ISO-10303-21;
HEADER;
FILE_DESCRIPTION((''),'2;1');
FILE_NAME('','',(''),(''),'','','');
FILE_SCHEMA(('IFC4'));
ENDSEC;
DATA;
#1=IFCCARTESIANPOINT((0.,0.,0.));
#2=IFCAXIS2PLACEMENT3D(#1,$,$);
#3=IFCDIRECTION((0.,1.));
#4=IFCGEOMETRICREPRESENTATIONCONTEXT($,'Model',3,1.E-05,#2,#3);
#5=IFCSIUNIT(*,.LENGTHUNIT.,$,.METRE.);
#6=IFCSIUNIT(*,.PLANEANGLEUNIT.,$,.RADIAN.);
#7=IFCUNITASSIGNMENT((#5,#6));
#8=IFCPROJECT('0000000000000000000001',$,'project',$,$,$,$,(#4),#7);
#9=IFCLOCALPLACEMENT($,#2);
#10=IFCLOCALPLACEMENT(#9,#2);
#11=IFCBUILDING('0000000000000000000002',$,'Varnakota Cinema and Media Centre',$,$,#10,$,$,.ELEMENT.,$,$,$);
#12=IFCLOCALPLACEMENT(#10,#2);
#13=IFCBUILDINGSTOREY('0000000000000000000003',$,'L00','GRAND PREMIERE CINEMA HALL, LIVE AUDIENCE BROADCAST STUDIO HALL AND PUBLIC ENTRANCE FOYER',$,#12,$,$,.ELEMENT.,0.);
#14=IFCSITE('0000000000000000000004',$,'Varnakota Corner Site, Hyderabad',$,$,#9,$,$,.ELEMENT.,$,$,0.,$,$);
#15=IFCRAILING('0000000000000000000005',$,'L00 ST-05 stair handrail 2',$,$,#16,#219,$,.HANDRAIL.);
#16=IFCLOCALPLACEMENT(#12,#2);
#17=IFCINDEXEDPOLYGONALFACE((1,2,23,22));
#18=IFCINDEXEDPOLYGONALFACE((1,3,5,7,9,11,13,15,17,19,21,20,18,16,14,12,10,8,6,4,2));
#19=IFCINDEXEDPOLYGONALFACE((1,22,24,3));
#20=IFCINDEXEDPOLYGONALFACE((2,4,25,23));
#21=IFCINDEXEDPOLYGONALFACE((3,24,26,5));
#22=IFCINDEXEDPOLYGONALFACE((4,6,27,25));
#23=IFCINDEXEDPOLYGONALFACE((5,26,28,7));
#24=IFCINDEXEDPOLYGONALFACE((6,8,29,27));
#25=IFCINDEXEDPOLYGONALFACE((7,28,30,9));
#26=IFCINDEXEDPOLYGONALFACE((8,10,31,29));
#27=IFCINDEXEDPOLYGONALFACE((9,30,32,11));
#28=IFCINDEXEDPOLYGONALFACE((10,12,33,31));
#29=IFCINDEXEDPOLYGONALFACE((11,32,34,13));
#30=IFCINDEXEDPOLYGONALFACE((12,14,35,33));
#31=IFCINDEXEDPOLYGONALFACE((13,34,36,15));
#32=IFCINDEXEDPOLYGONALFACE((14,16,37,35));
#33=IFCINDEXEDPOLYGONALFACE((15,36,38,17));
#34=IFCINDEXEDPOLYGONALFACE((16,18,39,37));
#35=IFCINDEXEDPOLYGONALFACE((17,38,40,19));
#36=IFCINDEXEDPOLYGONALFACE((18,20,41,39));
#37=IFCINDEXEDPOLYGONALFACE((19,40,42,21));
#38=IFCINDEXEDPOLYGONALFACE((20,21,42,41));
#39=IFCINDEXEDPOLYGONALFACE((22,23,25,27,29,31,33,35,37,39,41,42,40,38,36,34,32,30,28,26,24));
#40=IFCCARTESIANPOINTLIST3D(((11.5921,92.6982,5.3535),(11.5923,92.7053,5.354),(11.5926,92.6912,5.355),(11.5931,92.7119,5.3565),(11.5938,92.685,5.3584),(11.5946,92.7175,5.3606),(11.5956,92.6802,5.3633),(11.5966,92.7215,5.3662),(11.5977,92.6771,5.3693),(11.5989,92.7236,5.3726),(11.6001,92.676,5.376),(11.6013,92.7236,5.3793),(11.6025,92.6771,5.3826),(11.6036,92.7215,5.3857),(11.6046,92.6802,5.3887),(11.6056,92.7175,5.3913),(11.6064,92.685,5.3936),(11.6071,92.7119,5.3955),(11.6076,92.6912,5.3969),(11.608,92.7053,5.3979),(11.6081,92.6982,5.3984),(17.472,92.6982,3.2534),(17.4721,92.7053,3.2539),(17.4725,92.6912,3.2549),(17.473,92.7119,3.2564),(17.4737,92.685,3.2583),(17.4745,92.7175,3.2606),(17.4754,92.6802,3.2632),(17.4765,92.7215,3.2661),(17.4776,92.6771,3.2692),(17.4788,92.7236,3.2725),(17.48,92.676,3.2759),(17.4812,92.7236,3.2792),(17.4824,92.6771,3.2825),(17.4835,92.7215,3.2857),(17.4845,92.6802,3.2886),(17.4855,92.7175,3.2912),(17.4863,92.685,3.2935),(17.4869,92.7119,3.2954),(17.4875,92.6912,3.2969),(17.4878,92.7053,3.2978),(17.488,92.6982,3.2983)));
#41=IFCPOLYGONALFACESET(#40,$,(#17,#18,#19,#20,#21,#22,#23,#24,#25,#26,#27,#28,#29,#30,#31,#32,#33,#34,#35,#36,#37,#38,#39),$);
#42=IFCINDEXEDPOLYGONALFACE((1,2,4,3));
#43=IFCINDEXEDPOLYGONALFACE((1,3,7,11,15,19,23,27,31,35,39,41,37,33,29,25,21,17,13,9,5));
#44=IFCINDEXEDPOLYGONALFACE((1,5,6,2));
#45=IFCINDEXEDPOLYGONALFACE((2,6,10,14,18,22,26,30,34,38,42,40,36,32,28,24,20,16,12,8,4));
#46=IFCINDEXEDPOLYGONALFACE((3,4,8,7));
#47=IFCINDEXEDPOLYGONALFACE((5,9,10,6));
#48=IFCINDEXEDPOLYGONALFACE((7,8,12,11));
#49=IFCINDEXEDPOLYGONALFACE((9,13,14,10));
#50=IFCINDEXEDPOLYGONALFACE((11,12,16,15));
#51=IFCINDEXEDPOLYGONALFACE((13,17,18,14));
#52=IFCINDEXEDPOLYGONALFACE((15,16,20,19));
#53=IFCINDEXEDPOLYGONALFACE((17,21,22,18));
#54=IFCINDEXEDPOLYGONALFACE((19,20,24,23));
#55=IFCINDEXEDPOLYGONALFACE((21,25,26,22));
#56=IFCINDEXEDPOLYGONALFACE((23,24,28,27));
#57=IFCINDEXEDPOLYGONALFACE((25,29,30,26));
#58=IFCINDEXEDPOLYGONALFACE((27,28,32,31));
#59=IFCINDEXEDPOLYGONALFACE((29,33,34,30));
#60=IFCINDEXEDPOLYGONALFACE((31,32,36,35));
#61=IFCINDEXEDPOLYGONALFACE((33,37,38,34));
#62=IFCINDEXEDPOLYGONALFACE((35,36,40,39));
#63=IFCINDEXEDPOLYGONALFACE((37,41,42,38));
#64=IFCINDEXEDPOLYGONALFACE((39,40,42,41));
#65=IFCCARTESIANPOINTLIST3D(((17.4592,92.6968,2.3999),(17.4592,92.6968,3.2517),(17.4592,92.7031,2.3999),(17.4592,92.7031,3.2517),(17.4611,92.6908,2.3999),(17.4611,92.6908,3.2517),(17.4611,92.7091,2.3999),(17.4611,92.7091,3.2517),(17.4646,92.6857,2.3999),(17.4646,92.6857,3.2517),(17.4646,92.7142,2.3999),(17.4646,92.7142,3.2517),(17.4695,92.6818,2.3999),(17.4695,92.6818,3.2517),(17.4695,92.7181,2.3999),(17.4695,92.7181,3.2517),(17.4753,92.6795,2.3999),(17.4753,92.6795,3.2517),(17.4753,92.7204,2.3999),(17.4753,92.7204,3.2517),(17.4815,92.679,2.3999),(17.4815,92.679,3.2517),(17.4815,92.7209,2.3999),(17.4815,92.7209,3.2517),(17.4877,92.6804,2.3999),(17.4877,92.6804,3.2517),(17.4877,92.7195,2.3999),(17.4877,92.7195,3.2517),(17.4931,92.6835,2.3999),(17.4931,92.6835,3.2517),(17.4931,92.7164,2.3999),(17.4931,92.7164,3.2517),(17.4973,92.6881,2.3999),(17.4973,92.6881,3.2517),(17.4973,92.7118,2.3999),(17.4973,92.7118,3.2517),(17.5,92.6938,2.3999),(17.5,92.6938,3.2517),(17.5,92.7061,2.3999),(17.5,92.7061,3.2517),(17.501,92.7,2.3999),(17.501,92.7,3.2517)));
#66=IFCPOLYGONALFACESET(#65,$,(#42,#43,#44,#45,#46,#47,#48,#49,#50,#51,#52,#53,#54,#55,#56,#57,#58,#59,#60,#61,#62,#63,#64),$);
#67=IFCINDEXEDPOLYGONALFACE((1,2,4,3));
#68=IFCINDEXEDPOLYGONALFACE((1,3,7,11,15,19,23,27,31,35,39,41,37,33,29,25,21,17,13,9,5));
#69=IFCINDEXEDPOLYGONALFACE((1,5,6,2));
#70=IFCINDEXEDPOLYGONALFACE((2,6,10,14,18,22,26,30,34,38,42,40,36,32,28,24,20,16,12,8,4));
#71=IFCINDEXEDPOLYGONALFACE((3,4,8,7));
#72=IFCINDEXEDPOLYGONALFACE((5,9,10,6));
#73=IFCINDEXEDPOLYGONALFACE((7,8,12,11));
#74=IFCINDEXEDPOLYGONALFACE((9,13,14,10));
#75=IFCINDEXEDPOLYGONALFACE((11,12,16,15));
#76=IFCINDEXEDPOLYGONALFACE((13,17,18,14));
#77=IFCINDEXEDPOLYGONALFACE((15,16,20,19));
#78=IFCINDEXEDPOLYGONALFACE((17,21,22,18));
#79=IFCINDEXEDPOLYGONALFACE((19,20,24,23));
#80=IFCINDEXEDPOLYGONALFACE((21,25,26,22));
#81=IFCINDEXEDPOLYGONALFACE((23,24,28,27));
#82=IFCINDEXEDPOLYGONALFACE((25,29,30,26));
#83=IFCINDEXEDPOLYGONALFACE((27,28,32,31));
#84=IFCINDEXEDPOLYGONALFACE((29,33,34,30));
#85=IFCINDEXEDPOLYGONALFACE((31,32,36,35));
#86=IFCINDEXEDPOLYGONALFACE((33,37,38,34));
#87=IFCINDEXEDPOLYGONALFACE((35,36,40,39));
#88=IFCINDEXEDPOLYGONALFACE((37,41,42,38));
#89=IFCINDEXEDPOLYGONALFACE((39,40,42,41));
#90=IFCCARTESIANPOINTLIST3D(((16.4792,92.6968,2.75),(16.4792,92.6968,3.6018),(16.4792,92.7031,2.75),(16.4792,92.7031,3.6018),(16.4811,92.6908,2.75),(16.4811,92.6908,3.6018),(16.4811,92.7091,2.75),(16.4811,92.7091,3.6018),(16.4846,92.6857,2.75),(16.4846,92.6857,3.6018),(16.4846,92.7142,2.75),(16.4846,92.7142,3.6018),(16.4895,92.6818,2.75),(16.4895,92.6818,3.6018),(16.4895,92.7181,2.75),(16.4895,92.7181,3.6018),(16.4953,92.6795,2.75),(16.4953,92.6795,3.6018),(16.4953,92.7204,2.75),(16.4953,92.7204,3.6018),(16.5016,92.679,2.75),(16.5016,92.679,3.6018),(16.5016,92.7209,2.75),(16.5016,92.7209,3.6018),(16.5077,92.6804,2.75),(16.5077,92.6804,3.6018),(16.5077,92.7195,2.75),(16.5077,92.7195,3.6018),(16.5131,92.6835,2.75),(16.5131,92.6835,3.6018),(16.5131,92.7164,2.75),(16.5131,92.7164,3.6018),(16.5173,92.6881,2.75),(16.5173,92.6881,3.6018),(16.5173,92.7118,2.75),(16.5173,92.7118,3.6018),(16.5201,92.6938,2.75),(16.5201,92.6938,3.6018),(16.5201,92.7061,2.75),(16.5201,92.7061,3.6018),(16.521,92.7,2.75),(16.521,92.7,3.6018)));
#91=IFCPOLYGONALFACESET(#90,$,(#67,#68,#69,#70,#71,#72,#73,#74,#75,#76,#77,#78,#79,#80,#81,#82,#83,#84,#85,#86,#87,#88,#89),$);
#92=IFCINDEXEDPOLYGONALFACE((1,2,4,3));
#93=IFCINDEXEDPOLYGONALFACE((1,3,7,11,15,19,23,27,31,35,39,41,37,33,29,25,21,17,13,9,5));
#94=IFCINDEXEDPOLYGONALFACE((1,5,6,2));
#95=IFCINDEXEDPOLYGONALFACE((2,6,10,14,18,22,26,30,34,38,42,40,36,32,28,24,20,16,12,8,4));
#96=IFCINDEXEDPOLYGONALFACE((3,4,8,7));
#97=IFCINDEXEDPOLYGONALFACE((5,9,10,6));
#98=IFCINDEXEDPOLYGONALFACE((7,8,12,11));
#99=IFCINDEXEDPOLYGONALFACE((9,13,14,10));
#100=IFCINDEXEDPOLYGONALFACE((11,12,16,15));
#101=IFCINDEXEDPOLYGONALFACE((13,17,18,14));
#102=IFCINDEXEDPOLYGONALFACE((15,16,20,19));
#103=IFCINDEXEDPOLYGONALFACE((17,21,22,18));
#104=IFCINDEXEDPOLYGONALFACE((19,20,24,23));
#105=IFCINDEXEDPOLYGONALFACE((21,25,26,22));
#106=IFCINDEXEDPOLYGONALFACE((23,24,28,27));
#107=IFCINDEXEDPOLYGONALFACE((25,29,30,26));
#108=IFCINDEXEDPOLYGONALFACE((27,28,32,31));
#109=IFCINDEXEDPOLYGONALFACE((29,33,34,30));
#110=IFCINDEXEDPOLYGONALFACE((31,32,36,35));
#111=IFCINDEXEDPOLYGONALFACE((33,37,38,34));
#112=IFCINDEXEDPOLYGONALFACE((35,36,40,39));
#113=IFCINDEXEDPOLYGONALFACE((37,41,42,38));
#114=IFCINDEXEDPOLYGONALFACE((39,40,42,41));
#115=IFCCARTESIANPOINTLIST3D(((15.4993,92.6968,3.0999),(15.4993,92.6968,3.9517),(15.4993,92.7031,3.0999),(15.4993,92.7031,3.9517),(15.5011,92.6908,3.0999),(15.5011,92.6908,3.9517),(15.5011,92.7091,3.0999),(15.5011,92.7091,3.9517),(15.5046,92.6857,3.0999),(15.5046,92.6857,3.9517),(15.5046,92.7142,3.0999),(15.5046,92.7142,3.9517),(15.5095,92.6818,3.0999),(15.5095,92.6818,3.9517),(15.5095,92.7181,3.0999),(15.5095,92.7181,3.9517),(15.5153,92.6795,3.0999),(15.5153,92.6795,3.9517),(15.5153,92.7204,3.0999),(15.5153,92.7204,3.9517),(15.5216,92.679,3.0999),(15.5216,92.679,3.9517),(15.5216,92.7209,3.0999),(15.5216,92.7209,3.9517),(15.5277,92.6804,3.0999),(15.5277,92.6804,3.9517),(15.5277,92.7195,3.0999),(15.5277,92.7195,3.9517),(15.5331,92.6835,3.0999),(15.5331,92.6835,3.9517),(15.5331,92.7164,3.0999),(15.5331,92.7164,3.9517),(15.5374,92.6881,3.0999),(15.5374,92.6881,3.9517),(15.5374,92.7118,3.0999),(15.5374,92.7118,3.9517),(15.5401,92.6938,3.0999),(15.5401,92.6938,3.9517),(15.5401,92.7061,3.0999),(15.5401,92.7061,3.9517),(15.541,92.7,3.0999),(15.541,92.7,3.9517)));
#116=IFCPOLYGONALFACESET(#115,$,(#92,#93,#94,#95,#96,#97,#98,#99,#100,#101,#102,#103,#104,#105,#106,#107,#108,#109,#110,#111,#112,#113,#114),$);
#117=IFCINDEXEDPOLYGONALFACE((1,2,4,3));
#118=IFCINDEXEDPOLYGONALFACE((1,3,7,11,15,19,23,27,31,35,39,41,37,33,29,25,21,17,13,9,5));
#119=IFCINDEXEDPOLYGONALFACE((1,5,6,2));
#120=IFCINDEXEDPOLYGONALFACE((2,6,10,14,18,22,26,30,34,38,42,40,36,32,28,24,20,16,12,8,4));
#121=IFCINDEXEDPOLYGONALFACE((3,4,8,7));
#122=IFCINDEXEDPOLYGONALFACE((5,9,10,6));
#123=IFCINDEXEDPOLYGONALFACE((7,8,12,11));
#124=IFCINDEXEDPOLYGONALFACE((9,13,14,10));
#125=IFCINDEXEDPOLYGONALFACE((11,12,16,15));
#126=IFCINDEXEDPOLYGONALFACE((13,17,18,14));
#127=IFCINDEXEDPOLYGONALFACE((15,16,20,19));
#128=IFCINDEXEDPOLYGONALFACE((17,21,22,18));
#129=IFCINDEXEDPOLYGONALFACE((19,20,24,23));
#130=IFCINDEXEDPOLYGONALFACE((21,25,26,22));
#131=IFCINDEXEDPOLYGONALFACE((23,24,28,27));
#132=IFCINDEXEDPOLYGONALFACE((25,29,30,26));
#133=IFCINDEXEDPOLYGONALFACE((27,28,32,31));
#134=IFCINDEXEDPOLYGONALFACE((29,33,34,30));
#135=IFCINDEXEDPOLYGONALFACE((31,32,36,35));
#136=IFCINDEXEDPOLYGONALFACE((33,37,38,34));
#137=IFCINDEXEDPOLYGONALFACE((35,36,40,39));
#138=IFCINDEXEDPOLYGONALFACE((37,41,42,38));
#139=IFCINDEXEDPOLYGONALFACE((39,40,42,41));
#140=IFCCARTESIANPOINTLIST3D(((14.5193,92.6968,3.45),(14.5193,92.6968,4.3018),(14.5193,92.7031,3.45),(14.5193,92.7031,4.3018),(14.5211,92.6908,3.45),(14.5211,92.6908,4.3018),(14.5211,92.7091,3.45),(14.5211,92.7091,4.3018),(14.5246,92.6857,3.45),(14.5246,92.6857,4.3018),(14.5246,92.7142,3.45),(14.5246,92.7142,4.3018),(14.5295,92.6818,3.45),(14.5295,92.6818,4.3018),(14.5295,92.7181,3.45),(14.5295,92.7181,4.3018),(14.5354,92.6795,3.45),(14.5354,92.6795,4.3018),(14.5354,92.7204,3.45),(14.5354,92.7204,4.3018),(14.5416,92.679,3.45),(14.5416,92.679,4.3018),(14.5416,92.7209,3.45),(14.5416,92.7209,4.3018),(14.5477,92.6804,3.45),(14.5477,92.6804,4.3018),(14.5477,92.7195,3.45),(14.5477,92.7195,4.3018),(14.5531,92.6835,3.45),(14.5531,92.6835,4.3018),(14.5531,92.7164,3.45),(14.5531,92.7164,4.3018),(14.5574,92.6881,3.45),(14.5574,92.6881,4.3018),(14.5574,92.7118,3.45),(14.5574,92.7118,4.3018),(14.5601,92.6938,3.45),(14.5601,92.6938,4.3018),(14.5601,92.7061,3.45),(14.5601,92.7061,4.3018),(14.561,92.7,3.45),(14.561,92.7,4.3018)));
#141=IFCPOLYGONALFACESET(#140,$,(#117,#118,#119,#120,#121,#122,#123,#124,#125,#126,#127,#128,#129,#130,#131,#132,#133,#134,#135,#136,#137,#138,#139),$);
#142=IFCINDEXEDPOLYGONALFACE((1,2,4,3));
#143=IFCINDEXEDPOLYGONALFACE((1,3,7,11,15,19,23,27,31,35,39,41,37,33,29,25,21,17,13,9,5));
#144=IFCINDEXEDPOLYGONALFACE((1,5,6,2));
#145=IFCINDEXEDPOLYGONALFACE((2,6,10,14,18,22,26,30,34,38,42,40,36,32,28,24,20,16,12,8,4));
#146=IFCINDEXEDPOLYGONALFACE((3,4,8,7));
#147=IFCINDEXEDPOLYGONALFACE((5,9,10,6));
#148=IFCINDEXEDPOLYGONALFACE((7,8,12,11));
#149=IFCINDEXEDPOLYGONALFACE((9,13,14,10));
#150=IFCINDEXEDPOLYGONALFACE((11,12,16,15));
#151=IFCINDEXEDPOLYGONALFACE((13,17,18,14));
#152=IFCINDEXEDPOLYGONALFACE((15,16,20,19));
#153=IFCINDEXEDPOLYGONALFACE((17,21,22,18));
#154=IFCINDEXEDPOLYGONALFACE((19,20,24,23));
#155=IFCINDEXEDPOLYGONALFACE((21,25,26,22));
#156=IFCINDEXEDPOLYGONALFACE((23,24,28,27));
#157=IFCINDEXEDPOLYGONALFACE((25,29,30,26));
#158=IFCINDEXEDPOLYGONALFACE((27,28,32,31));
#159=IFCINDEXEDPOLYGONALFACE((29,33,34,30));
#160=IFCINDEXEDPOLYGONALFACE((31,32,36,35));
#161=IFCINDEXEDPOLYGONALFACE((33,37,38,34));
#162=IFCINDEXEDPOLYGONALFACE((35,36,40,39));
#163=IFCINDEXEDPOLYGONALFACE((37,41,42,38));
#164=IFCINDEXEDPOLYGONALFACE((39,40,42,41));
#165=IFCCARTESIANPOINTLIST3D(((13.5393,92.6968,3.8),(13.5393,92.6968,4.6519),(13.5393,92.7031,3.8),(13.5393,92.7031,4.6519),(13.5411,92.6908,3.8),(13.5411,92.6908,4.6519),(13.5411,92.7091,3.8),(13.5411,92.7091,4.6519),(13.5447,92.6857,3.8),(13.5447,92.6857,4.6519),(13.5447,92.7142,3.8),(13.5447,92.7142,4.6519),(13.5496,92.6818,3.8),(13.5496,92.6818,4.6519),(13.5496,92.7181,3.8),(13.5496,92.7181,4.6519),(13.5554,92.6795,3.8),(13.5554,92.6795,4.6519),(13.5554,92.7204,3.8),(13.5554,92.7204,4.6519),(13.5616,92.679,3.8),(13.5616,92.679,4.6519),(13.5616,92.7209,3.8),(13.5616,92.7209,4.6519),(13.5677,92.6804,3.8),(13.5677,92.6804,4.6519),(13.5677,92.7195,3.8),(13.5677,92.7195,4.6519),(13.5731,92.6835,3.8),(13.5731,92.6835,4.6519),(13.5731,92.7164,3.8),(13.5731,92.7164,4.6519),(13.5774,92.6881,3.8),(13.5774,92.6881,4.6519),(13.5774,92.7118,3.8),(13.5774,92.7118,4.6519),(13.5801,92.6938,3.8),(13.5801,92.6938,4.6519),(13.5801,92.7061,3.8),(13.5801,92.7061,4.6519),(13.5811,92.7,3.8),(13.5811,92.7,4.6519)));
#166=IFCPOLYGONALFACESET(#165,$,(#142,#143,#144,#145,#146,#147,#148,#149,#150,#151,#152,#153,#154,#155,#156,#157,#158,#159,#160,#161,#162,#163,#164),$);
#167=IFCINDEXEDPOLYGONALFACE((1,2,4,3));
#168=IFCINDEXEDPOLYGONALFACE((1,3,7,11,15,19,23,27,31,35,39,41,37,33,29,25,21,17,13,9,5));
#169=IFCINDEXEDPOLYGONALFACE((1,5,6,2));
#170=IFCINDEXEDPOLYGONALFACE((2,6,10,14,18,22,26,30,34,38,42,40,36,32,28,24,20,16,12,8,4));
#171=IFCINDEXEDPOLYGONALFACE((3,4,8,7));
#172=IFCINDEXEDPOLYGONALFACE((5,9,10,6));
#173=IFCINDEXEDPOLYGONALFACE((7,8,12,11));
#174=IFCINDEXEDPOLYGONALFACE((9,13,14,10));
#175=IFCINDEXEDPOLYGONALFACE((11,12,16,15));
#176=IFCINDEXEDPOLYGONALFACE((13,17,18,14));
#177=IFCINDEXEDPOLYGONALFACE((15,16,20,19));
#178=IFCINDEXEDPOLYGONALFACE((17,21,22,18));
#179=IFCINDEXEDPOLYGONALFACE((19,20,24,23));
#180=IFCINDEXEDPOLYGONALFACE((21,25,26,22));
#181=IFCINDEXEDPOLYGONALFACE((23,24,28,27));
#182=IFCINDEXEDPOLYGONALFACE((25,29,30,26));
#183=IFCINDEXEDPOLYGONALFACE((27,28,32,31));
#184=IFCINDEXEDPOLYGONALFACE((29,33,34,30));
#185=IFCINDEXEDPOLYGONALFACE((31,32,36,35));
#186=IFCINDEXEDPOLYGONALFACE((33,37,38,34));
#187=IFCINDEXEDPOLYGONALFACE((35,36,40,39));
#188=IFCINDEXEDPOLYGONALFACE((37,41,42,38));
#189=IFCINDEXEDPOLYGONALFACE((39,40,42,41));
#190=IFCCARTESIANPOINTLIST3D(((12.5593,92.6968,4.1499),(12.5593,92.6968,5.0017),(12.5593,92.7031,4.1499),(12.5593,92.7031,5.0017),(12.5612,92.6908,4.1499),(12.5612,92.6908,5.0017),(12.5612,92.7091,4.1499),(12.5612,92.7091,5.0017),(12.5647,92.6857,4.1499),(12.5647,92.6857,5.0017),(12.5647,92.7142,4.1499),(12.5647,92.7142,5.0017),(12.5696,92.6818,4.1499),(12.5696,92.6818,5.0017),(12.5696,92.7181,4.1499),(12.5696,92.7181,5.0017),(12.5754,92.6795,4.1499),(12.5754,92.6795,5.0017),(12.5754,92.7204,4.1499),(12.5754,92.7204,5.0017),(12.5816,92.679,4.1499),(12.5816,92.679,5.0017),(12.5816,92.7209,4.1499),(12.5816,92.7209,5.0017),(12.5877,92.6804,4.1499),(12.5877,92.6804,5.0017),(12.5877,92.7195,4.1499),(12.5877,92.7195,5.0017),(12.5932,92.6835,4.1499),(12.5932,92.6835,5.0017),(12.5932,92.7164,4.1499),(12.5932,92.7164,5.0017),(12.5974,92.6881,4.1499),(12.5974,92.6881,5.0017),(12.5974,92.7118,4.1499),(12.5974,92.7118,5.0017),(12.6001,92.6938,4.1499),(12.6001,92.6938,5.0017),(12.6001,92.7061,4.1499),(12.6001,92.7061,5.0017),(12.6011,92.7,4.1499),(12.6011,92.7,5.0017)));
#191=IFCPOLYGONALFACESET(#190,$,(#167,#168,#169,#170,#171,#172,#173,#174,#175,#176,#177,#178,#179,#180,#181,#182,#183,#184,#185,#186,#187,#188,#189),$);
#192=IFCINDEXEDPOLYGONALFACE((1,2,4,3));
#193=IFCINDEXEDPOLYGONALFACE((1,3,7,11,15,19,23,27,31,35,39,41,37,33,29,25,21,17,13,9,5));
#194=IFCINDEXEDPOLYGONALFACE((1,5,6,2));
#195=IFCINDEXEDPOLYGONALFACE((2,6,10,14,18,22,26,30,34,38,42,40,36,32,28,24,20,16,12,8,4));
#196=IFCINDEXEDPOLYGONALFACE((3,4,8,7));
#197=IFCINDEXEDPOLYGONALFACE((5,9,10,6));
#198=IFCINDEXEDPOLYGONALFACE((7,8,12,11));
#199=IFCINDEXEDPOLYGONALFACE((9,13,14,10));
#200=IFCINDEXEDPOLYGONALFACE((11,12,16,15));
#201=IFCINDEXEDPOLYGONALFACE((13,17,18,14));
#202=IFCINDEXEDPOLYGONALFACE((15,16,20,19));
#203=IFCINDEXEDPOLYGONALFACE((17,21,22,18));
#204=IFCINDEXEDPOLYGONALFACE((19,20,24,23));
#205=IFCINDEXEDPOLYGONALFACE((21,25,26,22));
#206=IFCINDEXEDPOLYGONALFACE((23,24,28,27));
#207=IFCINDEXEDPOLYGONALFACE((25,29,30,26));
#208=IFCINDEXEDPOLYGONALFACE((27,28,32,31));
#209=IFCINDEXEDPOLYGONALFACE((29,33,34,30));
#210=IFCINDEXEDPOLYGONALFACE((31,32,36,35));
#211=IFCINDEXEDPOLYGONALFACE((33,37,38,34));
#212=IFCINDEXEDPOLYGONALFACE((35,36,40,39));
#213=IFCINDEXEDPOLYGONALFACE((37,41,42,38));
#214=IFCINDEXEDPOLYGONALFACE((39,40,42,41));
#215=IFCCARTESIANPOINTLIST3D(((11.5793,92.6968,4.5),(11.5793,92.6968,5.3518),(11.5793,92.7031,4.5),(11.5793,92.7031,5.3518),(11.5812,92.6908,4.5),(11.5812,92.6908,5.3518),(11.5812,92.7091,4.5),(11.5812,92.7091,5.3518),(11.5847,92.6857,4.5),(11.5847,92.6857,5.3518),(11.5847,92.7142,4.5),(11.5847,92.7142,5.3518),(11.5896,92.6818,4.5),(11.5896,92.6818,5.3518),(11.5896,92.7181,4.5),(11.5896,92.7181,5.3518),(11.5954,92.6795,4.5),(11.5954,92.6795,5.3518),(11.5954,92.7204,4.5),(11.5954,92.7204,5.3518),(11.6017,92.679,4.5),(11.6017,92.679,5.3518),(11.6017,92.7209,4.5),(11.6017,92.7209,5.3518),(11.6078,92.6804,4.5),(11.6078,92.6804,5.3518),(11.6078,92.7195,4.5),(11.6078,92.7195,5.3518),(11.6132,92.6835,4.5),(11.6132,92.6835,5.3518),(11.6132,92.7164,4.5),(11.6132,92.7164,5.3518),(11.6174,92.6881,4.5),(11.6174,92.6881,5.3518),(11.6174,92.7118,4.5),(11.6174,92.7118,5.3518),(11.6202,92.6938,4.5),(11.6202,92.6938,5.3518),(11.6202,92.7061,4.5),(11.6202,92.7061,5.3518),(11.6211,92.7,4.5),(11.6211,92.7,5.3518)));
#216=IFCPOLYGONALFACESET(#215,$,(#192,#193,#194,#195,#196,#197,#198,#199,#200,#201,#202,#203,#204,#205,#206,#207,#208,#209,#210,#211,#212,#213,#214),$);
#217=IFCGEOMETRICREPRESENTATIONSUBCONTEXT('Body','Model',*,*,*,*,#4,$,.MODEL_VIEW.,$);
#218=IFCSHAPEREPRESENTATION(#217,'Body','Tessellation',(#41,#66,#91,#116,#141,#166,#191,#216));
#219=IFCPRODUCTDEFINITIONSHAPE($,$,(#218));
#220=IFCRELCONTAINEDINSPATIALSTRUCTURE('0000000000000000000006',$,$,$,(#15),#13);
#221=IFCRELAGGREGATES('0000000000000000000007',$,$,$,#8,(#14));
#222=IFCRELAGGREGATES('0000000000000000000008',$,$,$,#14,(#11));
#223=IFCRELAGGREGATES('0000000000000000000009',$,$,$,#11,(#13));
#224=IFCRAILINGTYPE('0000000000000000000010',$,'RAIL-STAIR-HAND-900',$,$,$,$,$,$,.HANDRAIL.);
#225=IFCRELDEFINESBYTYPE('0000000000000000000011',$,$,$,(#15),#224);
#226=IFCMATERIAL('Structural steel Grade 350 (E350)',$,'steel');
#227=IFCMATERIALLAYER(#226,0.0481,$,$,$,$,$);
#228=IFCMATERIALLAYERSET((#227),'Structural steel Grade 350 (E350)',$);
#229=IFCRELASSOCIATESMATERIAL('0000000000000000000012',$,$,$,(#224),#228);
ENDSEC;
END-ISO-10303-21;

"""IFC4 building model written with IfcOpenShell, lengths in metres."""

from ifc_helpers import new_model, si_unit, direction, frame, origin, origin_2d, place, context, subcontext, project, spatial, circle, extrude, material, layer, layer_set, type_object, element, save


model = new_model("IFC4")

# Units and contexts
model_context = context("Model", 3, precision=1e-05, world=origin(), true_north=direction((0.0, 1.0)))
body_context = subcontext(model_context, "Body", "Model", "MODEL_VIEW")
ifc_project = project(units=[si_unit("LENGTHUNIT", "METRE"), si_unit("PLANEANGLEUNIT", "RADIAN")], contexts=[model_context])

# Site, building, storey
site_placement = place(None, origin())
site = spatial("IfcSite", under=ifc_project, at=site_placement, Name="Varnakota Corner Site, Hyderabad", CompositionType="ELEMENT", RefElevation=0.0)
building_placement = place(site_placement, origin())
building = spatial("IfcBuilding", under=site, at=building_placement, Name="Varnakota Cinema and Media Centre", CompositionType="ELEMENT")
storey_placement = place(building_placement, origin())
storey = spatial("IfcBuildingStorey", under=building, at=storey_placement, Name="L00", Description="GRAND PREMIERE CINEMA HALL, LIVE AUDIENCE BROADCAST STUDIO HALL AND PUBLIC ENTRANCE FOYER", CompositionType="ELEMENT", Elevation=0.0)

# Railing
ifc_material_1 = material(Name="Structural steel Grade 350 (E350)", Category="steel")
ifc_layer_1 = layer(ifc_material_1, 0.0481)
ifc_layer_set_1 = layer_set([ifc_layer_1], Name="Structural steel Grade 350 (E350)")
railing_type_1 = type_object("IfcRailingType", Name="RAIL-STAIR-HAND-900", PredefinedType="HANDRAIL", material=ifc_layer_set_1)
railing_1_placement = place(storey_placement, frame((17.48, 92.7, 2.3999)))
element("IfcRailing", 1, at=railing_1_placement, inside=storey, type_object=railing_type_1, Name="L00 ST-05 stair handrail 2", PredefinedType="HANDRAIL", context=body_context, shape_type="SweptSolid", body=[
    extrude(circle(Radius=0.0239, at=origin_2d()), frame((0.0, 0.0, 0.876), z_axis=(-0.941735, 0.0, 0.336356), x_axis=(0.0, -1.0, 0.0)), (0.0, 0.0, 1.0), 6.2437),
    extrude(circle(Radius=0.021, at=origin_2d()), origin(), (0.0, 0.0, 1.0), 0.8518),
    extrude(circle(Radius=0.021, at=origin_2d()), frame((-0.98, 0.0, 0.3501)), (0.0, 0.0, 1.0), 0.8518),
    extrude(circle(Radius=0.021, at=origin_2d()), frame((-1.96, 0.0, 0.7)), (0.0, 0.0, 1.0), 0.8518),
    extrude(circle(Radius=0.021, at=origin_2d()), frame((-2.9399, 0.0, 1.05)), (0.0, 0.0, 1.0), 0.8518),
    extrude(circle(Radius=0.021, at=origin_2d()), frame((-3.9199, 0.0, 1.4001)), (0.0, 0.0, 1.0), 0.8518),
    extrude(circle(Radius=0.021, at=origin_2d()), frame((-4.8999, 0.0, 1.75)), (0.0, 0.0, 1.0), 0.8518),
    extrude(circle(Radius=0.021, at=origin_2d()), frame((-5.8799, 0.0, 2.1001)), (0.0, 0.0, 1.0), 0.8518),
])

save(model, "model.ifc")
